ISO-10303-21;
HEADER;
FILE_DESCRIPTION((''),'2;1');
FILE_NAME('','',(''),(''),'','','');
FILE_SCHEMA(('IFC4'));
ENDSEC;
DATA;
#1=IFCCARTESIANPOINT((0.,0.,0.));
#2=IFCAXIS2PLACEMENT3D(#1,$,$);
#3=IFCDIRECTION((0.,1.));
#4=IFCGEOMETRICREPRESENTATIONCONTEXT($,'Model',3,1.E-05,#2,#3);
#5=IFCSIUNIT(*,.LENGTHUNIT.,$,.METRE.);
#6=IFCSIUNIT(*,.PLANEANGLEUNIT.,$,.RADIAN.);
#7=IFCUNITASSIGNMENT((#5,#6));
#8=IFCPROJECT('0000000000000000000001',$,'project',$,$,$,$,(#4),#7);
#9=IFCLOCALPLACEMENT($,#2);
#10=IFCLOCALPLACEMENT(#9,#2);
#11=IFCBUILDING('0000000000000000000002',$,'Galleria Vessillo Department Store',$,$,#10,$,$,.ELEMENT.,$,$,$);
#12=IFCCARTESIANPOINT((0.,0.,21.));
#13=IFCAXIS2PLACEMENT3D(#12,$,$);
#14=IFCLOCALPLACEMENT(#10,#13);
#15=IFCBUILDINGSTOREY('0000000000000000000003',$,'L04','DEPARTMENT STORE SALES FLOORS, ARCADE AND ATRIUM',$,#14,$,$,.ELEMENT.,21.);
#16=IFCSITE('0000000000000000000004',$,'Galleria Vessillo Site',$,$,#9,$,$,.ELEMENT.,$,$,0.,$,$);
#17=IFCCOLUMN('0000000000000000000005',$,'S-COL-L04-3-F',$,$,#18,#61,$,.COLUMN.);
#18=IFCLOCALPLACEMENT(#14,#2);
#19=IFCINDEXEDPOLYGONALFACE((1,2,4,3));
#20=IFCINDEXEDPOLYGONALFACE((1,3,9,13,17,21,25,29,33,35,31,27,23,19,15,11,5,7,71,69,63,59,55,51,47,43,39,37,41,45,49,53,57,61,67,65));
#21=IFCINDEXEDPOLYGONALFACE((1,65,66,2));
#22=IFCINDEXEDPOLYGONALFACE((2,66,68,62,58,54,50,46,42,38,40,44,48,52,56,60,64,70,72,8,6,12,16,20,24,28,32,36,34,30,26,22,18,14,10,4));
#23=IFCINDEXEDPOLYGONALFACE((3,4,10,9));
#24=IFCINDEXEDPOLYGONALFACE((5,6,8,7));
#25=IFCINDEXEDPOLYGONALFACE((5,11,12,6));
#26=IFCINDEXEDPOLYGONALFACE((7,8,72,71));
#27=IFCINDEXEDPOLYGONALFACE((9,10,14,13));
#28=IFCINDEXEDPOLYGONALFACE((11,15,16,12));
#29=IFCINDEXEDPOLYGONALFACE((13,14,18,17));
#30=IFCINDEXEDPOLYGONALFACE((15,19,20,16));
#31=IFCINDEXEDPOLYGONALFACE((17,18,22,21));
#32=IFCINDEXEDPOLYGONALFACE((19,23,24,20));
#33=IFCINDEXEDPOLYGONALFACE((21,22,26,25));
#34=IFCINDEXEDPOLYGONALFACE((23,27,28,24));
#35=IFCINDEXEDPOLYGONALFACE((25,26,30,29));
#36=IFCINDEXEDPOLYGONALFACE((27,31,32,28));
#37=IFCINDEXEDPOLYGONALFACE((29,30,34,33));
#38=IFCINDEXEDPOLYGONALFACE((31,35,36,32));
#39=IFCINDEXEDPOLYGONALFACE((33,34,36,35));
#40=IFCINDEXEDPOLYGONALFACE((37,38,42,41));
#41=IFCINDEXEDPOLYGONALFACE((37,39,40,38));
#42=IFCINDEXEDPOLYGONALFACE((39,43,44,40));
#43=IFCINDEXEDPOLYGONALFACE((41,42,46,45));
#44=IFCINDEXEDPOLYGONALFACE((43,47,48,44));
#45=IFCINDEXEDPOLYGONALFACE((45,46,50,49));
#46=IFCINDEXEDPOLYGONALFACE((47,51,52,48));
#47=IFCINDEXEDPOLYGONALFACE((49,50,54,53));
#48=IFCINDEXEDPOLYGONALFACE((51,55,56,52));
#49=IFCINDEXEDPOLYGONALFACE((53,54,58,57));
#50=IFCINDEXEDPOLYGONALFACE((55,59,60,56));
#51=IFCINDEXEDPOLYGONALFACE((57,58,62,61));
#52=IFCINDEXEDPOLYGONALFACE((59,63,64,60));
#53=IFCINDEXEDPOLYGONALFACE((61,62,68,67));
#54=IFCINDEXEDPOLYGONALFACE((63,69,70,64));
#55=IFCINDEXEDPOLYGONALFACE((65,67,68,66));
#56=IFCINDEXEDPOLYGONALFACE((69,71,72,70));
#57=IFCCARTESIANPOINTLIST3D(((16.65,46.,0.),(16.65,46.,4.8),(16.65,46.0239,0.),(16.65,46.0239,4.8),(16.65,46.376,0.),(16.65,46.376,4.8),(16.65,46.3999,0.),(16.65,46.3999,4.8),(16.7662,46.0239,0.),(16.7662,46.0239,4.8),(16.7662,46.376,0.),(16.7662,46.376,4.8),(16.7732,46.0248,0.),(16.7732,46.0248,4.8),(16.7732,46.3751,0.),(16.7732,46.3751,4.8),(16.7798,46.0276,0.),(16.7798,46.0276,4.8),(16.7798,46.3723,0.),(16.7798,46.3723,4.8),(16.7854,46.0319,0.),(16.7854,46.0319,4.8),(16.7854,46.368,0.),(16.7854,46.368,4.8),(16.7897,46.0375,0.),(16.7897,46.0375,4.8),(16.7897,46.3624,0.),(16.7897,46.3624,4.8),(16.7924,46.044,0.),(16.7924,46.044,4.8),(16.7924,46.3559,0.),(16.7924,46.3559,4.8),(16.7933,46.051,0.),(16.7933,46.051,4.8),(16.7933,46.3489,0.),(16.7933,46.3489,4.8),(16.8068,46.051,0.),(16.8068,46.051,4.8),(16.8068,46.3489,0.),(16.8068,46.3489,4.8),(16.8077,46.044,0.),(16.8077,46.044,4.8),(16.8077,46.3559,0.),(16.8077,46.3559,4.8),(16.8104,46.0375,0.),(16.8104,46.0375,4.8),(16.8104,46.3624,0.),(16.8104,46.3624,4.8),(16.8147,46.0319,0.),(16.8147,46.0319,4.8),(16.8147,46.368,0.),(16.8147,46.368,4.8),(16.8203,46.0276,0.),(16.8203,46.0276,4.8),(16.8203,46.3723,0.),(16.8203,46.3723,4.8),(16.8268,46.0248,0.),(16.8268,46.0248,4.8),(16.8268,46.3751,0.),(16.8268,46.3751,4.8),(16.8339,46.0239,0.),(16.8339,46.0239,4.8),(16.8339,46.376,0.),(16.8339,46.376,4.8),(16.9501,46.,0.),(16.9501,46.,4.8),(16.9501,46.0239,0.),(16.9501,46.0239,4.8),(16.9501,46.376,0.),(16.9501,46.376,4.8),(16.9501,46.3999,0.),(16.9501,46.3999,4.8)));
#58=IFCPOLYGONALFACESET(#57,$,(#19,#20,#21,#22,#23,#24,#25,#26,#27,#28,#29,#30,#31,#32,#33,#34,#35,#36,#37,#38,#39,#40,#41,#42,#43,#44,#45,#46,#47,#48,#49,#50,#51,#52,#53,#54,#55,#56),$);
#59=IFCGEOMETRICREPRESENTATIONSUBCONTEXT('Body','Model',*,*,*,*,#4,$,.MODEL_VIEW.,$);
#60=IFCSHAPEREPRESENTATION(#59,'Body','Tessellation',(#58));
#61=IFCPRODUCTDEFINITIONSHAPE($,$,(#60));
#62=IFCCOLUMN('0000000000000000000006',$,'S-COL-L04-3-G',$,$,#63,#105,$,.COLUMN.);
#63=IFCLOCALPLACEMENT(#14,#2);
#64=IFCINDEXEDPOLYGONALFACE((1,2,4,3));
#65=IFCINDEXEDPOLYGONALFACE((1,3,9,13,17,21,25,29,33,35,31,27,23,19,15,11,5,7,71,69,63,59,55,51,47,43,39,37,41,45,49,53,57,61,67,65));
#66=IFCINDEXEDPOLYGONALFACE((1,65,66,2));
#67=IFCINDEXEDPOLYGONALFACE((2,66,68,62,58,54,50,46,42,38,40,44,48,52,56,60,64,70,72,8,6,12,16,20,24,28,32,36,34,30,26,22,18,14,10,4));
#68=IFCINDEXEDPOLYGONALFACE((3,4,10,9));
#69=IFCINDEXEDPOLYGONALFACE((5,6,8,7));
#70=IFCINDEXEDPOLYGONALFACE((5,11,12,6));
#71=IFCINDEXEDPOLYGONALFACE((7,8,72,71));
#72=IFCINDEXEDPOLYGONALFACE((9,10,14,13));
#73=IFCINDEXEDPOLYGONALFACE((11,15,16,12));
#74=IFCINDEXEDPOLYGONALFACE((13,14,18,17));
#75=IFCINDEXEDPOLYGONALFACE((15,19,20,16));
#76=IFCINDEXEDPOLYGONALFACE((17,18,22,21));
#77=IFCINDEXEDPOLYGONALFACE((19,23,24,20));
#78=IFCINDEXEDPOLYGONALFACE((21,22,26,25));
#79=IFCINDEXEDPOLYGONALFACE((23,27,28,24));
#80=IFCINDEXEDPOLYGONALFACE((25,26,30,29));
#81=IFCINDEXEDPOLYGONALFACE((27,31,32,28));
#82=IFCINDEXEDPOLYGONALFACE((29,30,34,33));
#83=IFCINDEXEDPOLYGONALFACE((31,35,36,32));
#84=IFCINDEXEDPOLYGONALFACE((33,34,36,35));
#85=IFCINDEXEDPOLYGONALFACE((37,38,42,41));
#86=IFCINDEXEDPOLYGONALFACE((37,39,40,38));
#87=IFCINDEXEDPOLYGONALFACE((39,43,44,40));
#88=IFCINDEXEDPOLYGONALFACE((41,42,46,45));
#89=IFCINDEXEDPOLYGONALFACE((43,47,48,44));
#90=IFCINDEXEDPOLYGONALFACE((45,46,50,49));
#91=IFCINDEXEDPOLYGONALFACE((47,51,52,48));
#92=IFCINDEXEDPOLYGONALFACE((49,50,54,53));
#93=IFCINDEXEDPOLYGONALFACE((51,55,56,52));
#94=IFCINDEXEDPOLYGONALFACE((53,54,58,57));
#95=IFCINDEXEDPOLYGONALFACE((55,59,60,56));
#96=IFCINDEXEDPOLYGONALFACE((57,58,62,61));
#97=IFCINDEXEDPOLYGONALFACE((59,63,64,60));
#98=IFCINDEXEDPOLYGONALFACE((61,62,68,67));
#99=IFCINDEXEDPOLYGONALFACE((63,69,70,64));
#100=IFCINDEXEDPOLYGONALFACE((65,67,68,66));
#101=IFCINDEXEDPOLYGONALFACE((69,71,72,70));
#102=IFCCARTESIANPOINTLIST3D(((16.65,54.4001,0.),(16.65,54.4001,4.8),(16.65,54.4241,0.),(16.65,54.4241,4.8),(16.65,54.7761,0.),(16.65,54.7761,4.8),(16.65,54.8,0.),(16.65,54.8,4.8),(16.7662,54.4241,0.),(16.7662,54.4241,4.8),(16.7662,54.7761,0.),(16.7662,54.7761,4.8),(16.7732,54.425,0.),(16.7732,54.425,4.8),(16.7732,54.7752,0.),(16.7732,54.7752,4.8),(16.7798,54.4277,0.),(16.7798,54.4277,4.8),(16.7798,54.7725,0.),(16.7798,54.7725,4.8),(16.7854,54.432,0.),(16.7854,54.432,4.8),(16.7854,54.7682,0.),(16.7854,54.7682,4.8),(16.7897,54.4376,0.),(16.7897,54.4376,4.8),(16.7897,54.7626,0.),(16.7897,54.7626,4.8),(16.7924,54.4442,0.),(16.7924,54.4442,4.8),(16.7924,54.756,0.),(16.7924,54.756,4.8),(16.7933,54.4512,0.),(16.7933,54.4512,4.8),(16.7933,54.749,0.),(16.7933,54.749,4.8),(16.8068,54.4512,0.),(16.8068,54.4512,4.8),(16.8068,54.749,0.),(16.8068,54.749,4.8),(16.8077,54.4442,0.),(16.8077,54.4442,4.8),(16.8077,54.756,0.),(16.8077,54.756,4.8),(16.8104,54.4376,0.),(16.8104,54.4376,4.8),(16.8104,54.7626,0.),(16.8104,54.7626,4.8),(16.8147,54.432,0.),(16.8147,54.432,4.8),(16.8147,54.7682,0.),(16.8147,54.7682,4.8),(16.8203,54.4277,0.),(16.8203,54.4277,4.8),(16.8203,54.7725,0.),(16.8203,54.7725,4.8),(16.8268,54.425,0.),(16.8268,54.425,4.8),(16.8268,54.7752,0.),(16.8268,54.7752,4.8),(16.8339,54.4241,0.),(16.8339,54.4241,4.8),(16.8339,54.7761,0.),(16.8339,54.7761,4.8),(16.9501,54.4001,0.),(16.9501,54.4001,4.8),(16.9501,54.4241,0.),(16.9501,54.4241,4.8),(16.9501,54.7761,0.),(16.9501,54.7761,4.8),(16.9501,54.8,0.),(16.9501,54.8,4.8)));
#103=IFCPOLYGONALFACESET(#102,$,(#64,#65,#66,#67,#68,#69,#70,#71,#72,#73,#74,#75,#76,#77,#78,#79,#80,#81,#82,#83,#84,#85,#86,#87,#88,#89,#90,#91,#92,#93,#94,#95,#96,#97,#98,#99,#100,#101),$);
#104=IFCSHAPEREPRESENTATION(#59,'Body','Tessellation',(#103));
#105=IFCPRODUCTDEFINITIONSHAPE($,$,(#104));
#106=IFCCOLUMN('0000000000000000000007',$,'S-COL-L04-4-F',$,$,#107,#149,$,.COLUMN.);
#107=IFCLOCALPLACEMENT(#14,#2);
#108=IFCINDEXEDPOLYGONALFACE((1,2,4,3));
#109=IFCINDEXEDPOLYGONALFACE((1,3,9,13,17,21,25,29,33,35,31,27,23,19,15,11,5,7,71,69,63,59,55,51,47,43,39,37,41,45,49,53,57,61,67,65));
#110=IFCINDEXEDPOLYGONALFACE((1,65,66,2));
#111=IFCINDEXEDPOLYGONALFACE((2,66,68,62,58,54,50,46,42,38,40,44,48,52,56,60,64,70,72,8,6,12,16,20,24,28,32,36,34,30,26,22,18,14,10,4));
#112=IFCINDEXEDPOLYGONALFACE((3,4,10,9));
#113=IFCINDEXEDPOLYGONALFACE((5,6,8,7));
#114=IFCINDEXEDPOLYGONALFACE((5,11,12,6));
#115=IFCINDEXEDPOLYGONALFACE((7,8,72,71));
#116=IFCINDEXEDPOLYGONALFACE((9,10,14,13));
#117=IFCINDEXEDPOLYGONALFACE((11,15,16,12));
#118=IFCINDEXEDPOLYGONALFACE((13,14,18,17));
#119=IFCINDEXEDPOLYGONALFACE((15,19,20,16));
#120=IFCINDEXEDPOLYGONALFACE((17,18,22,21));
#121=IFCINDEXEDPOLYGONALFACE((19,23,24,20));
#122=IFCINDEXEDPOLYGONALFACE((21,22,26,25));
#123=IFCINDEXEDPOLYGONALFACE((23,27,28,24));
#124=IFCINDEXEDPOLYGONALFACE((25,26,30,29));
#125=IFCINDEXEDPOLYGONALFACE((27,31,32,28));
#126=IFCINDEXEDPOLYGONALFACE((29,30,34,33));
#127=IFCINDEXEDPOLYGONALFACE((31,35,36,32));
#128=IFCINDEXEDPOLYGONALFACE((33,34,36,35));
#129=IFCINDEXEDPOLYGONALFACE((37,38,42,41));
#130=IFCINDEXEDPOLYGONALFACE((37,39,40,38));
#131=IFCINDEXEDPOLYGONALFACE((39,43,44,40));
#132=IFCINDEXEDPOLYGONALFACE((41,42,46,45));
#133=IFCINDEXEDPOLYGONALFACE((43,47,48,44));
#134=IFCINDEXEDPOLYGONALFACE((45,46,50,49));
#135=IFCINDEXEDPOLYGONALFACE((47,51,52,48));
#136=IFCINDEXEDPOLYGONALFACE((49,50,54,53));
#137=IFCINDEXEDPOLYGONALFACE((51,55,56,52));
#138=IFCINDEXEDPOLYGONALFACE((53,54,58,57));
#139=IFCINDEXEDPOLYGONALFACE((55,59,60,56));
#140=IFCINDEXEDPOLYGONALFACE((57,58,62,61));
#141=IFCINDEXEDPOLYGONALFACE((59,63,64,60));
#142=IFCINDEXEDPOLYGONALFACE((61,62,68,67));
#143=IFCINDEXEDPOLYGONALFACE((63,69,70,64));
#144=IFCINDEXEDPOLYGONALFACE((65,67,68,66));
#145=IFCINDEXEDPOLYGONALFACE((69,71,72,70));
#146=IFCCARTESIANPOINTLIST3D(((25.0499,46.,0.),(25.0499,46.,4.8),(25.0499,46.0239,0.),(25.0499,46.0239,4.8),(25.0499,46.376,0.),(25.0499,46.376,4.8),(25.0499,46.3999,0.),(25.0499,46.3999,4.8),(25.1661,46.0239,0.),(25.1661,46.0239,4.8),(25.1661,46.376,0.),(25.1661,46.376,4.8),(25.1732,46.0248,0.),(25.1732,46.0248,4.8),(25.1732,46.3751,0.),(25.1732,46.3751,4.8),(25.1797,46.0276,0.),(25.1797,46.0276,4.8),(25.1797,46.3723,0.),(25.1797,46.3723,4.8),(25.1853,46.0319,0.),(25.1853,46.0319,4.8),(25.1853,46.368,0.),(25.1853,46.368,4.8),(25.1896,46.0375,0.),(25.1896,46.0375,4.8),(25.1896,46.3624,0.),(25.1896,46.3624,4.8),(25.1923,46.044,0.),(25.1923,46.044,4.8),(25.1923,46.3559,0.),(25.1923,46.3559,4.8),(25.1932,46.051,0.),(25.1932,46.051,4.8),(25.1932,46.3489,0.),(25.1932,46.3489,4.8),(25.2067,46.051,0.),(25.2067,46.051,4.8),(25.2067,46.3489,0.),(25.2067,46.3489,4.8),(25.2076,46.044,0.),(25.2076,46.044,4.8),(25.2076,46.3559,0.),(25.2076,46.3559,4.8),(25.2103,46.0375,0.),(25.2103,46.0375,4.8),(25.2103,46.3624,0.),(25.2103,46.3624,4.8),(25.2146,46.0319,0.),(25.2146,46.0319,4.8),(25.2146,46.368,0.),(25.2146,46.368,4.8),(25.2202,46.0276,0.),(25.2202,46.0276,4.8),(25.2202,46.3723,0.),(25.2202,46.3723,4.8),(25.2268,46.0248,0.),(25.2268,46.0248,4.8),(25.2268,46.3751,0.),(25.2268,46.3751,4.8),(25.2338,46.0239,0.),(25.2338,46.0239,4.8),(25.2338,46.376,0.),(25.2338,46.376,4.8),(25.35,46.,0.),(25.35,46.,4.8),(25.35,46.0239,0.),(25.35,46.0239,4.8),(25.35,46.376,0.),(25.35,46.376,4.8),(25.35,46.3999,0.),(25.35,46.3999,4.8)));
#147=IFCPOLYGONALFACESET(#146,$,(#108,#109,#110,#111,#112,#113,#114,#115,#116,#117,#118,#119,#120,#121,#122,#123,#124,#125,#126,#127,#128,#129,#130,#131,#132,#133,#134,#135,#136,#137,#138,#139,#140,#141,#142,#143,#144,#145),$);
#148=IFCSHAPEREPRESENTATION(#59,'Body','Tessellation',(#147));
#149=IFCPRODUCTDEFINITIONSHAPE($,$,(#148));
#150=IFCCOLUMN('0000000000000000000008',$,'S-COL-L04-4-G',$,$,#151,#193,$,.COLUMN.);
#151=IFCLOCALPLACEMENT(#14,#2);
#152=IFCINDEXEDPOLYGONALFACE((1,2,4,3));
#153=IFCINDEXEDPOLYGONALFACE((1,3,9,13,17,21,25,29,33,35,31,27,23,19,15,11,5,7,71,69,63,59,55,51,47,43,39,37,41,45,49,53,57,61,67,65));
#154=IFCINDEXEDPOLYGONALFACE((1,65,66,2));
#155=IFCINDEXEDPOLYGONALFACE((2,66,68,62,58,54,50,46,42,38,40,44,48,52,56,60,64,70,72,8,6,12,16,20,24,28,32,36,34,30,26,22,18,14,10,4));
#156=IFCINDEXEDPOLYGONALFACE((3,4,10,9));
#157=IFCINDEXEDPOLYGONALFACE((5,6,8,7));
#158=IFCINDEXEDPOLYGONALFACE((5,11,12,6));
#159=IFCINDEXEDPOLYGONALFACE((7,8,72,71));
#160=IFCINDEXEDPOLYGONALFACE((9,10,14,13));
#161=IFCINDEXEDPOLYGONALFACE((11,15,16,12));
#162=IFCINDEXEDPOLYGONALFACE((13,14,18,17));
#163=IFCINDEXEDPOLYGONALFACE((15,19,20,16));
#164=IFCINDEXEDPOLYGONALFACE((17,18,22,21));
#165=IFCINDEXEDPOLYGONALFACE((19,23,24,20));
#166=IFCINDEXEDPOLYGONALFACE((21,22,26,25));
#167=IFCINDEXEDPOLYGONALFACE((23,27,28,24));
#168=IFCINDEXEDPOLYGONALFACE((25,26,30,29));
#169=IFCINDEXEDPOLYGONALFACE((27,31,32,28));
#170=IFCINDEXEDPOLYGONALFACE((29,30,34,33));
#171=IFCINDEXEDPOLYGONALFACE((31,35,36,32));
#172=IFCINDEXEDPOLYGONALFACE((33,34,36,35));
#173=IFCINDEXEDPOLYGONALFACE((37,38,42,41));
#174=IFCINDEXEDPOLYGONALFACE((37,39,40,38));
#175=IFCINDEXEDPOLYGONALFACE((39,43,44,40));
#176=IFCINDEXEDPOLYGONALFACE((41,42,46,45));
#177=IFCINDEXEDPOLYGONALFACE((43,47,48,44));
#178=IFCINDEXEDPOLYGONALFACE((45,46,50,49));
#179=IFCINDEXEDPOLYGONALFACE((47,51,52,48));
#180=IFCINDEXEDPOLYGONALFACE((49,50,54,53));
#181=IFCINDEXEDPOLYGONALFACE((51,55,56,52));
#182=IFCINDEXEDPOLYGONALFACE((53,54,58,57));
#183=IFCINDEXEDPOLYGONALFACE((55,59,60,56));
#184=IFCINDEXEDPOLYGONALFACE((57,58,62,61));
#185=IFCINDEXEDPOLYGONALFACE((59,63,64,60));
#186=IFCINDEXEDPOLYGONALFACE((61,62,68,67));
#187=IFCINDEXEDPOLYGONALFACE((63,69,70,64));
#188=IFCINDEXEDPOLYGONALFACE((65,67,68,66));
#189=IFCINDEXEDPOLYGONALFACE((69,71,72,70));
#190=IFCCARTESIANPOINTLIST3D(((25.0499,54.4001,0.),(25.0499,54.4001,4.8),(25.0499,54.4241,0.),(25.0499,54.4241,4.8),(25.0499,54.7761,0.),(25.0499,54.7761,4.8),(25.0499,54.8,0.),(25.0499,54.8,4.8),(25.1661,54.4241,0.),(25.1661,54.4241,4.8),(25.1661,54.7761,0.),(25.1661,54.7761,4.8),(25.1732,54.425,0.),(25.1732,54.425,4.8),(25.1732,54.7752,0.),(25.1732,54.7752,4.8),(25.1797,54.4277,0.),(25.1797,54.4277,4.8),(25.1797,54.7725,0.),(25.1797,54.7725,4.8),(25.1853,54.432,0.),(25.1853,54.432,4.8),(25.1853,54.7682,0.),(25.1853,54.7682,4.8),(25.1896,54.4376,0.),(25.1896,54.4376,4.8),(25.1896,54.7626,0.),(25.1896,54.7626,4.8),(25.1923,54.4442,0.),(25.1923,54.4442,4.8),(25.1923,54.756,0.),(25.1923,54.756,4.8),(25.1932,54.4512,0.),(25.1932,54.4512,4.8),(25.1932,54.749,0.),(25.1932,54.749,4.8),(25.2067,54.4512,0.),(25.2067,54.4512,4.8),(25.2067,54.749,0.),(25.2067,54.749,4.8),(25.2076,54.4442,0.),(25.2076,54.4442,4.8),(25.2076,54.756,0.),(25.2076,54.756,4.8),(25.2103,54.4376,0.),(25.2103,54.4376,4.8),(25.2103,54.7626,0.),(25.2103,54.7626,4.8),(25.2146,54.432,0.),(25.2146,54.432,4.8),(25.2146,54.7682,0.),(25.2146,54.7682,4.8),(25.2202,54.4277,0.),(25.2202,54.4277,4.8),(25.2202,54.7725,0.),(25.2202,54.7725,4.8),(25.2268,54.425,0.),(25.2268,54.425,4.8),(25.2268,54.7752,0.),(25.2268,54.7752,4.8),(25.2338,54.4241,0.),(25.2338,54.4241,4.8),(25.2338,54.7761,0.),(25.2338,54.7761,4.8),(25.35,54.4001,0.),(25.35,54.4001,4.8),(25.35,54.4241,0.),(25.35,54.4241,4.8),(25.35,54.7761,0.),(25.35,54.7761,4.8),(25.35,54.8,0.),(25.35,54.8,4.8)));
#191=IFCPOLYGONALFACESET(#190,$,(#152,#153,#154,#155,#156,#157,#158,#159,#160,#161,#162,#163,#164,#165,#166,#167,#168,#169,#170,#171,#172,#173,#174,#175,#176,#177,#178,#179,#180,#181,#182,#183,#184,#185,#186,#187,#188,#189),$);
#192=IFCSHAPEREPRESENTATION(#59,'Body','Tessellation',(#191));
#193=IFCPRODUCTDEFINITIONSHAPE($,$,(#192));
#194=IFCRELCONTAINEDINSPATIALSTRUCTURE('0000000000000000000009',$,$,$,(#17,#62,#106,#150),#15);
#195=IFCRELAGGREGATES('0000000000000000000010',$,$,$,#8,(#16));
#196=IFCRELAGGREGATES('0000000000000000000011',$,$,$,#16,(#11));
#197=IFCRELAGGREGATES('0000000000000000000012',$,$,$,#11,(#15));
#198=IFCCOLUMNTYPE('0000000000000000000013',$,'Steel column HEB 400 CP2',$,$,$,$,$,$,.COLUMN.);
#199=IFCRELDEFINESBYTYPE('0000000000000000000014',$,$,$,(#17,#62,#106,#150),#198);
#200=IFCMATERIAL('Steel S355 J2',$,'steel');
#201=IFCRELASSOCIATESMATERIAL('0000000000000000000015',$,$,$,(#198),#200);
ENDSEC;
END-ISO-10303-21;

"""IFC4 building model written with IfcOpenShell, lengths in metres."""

from ifc_helpers import new_model, si_unit, direction, frame, origin, origin_2d, place, context, subcontext, project, spatial, i_section, extrude, material, material_profile, profile_set, type_object, element, save


model = new_model("IFC4")

# Units and contexts
model_context = context("Model", 3, precision=1e-05, world=origin(), true_north=direction((0.0, 1.0)))
body_context = subcontext(model_context, "Body", "Model", "MODEL_VIEW")
ifc_project = project(units=[si_unit("LENGTHUNIT", "METRE"), si_unit("PLANEANGLEUNIT", "RADIAN")], contexts=[model_context])

# Site, building, storey
site_placement = place(None, origin())
site = spatial("IfcSite", under=ifc_project, at=site_placement, Name="Galleria Vessillo Site", CompositionType="ELEMENT", RefElevation=0.0)
building_placement = place(site_placement, origin())
building = spatial("IfcBuilding", under=site, at=building_placement, Name="Galleria Vessillo Department Store", CompositionType="ELEMENT")
storey_placement = place(building_placement, frame((0.0, 0.0, 21.0)))
storey = spatial("IfcBuildingStorey", under=building, at=storey_placement, Name="L04", Description="DEPARTMENT STORE SALES FLOORS, ARCADE AND ATRIUM", CompositionType="ELEMENT", Elevation=21.0)

# Columns
ifc_material_1 = material(Name="Steel S355 J2", Category="steel")
ifc_material_profile_1 = material_profile(ifc_material_1, i_section(OverallWidth=0.3, OverallDepth=0.3999, WebThickness=0.0134, FlangeThickness=0.0239, FilletRadius=0.0271, at=origin_2d()), Name="HEB 400")
ifc_profile_set_1 = profile_set([ifc_material_profile_1], Name="Steel S355 J2")
column_type = type_object("IfcColumnType", Name="Steel column HEB 400 CP2", PredefinedType="COLUMN", material=ifc_profile_set_1)
for number, where, z_axis, x_axis, name in (
    (1, (16.8, 46.2, 0.0), (0.0, 0.0, 1.0), (1.0, 0.0, 0.0), "S-COL-L04-3-F"),
    (2, (16.8, 54.6001, 0.0), (0.0, 0.0, 1.0), (1.0, 0.0, 0.0), "S-COL-L04-3-G"),
    (3, (25.2, 46.2, 0.0), (0.0, 0.0, 1.0), (1.0, 0.0, 0.0), "S-COL-L04-4-F"),
    (4, (25.2, 54.6001, 0.0), (0.0, 0.0, 1.0), (1.0, 0.0, 0.0), "S-COL-L04-4-G"),
):
    element("IfcColumn", number, at=place(storey_placement, frame(where, z_axis=z_axis, x_axis=x_axis)), inside=storey, type_object=column_type, Name=name, PredefinedType="COLUMN", context=body_context, shape_type="SweptSolid", body=[
        extrude(i_section(OverallWidth=0.3, OverallDepth=0.3999, WebThickness=0.0134, FlangeThickness=0.0239, FilletRadius=0.0271, at=origin_2d()), origin(), (0.0, 0.0, 1.0), 4.8),
    ])

save(model, "model.ifc")
